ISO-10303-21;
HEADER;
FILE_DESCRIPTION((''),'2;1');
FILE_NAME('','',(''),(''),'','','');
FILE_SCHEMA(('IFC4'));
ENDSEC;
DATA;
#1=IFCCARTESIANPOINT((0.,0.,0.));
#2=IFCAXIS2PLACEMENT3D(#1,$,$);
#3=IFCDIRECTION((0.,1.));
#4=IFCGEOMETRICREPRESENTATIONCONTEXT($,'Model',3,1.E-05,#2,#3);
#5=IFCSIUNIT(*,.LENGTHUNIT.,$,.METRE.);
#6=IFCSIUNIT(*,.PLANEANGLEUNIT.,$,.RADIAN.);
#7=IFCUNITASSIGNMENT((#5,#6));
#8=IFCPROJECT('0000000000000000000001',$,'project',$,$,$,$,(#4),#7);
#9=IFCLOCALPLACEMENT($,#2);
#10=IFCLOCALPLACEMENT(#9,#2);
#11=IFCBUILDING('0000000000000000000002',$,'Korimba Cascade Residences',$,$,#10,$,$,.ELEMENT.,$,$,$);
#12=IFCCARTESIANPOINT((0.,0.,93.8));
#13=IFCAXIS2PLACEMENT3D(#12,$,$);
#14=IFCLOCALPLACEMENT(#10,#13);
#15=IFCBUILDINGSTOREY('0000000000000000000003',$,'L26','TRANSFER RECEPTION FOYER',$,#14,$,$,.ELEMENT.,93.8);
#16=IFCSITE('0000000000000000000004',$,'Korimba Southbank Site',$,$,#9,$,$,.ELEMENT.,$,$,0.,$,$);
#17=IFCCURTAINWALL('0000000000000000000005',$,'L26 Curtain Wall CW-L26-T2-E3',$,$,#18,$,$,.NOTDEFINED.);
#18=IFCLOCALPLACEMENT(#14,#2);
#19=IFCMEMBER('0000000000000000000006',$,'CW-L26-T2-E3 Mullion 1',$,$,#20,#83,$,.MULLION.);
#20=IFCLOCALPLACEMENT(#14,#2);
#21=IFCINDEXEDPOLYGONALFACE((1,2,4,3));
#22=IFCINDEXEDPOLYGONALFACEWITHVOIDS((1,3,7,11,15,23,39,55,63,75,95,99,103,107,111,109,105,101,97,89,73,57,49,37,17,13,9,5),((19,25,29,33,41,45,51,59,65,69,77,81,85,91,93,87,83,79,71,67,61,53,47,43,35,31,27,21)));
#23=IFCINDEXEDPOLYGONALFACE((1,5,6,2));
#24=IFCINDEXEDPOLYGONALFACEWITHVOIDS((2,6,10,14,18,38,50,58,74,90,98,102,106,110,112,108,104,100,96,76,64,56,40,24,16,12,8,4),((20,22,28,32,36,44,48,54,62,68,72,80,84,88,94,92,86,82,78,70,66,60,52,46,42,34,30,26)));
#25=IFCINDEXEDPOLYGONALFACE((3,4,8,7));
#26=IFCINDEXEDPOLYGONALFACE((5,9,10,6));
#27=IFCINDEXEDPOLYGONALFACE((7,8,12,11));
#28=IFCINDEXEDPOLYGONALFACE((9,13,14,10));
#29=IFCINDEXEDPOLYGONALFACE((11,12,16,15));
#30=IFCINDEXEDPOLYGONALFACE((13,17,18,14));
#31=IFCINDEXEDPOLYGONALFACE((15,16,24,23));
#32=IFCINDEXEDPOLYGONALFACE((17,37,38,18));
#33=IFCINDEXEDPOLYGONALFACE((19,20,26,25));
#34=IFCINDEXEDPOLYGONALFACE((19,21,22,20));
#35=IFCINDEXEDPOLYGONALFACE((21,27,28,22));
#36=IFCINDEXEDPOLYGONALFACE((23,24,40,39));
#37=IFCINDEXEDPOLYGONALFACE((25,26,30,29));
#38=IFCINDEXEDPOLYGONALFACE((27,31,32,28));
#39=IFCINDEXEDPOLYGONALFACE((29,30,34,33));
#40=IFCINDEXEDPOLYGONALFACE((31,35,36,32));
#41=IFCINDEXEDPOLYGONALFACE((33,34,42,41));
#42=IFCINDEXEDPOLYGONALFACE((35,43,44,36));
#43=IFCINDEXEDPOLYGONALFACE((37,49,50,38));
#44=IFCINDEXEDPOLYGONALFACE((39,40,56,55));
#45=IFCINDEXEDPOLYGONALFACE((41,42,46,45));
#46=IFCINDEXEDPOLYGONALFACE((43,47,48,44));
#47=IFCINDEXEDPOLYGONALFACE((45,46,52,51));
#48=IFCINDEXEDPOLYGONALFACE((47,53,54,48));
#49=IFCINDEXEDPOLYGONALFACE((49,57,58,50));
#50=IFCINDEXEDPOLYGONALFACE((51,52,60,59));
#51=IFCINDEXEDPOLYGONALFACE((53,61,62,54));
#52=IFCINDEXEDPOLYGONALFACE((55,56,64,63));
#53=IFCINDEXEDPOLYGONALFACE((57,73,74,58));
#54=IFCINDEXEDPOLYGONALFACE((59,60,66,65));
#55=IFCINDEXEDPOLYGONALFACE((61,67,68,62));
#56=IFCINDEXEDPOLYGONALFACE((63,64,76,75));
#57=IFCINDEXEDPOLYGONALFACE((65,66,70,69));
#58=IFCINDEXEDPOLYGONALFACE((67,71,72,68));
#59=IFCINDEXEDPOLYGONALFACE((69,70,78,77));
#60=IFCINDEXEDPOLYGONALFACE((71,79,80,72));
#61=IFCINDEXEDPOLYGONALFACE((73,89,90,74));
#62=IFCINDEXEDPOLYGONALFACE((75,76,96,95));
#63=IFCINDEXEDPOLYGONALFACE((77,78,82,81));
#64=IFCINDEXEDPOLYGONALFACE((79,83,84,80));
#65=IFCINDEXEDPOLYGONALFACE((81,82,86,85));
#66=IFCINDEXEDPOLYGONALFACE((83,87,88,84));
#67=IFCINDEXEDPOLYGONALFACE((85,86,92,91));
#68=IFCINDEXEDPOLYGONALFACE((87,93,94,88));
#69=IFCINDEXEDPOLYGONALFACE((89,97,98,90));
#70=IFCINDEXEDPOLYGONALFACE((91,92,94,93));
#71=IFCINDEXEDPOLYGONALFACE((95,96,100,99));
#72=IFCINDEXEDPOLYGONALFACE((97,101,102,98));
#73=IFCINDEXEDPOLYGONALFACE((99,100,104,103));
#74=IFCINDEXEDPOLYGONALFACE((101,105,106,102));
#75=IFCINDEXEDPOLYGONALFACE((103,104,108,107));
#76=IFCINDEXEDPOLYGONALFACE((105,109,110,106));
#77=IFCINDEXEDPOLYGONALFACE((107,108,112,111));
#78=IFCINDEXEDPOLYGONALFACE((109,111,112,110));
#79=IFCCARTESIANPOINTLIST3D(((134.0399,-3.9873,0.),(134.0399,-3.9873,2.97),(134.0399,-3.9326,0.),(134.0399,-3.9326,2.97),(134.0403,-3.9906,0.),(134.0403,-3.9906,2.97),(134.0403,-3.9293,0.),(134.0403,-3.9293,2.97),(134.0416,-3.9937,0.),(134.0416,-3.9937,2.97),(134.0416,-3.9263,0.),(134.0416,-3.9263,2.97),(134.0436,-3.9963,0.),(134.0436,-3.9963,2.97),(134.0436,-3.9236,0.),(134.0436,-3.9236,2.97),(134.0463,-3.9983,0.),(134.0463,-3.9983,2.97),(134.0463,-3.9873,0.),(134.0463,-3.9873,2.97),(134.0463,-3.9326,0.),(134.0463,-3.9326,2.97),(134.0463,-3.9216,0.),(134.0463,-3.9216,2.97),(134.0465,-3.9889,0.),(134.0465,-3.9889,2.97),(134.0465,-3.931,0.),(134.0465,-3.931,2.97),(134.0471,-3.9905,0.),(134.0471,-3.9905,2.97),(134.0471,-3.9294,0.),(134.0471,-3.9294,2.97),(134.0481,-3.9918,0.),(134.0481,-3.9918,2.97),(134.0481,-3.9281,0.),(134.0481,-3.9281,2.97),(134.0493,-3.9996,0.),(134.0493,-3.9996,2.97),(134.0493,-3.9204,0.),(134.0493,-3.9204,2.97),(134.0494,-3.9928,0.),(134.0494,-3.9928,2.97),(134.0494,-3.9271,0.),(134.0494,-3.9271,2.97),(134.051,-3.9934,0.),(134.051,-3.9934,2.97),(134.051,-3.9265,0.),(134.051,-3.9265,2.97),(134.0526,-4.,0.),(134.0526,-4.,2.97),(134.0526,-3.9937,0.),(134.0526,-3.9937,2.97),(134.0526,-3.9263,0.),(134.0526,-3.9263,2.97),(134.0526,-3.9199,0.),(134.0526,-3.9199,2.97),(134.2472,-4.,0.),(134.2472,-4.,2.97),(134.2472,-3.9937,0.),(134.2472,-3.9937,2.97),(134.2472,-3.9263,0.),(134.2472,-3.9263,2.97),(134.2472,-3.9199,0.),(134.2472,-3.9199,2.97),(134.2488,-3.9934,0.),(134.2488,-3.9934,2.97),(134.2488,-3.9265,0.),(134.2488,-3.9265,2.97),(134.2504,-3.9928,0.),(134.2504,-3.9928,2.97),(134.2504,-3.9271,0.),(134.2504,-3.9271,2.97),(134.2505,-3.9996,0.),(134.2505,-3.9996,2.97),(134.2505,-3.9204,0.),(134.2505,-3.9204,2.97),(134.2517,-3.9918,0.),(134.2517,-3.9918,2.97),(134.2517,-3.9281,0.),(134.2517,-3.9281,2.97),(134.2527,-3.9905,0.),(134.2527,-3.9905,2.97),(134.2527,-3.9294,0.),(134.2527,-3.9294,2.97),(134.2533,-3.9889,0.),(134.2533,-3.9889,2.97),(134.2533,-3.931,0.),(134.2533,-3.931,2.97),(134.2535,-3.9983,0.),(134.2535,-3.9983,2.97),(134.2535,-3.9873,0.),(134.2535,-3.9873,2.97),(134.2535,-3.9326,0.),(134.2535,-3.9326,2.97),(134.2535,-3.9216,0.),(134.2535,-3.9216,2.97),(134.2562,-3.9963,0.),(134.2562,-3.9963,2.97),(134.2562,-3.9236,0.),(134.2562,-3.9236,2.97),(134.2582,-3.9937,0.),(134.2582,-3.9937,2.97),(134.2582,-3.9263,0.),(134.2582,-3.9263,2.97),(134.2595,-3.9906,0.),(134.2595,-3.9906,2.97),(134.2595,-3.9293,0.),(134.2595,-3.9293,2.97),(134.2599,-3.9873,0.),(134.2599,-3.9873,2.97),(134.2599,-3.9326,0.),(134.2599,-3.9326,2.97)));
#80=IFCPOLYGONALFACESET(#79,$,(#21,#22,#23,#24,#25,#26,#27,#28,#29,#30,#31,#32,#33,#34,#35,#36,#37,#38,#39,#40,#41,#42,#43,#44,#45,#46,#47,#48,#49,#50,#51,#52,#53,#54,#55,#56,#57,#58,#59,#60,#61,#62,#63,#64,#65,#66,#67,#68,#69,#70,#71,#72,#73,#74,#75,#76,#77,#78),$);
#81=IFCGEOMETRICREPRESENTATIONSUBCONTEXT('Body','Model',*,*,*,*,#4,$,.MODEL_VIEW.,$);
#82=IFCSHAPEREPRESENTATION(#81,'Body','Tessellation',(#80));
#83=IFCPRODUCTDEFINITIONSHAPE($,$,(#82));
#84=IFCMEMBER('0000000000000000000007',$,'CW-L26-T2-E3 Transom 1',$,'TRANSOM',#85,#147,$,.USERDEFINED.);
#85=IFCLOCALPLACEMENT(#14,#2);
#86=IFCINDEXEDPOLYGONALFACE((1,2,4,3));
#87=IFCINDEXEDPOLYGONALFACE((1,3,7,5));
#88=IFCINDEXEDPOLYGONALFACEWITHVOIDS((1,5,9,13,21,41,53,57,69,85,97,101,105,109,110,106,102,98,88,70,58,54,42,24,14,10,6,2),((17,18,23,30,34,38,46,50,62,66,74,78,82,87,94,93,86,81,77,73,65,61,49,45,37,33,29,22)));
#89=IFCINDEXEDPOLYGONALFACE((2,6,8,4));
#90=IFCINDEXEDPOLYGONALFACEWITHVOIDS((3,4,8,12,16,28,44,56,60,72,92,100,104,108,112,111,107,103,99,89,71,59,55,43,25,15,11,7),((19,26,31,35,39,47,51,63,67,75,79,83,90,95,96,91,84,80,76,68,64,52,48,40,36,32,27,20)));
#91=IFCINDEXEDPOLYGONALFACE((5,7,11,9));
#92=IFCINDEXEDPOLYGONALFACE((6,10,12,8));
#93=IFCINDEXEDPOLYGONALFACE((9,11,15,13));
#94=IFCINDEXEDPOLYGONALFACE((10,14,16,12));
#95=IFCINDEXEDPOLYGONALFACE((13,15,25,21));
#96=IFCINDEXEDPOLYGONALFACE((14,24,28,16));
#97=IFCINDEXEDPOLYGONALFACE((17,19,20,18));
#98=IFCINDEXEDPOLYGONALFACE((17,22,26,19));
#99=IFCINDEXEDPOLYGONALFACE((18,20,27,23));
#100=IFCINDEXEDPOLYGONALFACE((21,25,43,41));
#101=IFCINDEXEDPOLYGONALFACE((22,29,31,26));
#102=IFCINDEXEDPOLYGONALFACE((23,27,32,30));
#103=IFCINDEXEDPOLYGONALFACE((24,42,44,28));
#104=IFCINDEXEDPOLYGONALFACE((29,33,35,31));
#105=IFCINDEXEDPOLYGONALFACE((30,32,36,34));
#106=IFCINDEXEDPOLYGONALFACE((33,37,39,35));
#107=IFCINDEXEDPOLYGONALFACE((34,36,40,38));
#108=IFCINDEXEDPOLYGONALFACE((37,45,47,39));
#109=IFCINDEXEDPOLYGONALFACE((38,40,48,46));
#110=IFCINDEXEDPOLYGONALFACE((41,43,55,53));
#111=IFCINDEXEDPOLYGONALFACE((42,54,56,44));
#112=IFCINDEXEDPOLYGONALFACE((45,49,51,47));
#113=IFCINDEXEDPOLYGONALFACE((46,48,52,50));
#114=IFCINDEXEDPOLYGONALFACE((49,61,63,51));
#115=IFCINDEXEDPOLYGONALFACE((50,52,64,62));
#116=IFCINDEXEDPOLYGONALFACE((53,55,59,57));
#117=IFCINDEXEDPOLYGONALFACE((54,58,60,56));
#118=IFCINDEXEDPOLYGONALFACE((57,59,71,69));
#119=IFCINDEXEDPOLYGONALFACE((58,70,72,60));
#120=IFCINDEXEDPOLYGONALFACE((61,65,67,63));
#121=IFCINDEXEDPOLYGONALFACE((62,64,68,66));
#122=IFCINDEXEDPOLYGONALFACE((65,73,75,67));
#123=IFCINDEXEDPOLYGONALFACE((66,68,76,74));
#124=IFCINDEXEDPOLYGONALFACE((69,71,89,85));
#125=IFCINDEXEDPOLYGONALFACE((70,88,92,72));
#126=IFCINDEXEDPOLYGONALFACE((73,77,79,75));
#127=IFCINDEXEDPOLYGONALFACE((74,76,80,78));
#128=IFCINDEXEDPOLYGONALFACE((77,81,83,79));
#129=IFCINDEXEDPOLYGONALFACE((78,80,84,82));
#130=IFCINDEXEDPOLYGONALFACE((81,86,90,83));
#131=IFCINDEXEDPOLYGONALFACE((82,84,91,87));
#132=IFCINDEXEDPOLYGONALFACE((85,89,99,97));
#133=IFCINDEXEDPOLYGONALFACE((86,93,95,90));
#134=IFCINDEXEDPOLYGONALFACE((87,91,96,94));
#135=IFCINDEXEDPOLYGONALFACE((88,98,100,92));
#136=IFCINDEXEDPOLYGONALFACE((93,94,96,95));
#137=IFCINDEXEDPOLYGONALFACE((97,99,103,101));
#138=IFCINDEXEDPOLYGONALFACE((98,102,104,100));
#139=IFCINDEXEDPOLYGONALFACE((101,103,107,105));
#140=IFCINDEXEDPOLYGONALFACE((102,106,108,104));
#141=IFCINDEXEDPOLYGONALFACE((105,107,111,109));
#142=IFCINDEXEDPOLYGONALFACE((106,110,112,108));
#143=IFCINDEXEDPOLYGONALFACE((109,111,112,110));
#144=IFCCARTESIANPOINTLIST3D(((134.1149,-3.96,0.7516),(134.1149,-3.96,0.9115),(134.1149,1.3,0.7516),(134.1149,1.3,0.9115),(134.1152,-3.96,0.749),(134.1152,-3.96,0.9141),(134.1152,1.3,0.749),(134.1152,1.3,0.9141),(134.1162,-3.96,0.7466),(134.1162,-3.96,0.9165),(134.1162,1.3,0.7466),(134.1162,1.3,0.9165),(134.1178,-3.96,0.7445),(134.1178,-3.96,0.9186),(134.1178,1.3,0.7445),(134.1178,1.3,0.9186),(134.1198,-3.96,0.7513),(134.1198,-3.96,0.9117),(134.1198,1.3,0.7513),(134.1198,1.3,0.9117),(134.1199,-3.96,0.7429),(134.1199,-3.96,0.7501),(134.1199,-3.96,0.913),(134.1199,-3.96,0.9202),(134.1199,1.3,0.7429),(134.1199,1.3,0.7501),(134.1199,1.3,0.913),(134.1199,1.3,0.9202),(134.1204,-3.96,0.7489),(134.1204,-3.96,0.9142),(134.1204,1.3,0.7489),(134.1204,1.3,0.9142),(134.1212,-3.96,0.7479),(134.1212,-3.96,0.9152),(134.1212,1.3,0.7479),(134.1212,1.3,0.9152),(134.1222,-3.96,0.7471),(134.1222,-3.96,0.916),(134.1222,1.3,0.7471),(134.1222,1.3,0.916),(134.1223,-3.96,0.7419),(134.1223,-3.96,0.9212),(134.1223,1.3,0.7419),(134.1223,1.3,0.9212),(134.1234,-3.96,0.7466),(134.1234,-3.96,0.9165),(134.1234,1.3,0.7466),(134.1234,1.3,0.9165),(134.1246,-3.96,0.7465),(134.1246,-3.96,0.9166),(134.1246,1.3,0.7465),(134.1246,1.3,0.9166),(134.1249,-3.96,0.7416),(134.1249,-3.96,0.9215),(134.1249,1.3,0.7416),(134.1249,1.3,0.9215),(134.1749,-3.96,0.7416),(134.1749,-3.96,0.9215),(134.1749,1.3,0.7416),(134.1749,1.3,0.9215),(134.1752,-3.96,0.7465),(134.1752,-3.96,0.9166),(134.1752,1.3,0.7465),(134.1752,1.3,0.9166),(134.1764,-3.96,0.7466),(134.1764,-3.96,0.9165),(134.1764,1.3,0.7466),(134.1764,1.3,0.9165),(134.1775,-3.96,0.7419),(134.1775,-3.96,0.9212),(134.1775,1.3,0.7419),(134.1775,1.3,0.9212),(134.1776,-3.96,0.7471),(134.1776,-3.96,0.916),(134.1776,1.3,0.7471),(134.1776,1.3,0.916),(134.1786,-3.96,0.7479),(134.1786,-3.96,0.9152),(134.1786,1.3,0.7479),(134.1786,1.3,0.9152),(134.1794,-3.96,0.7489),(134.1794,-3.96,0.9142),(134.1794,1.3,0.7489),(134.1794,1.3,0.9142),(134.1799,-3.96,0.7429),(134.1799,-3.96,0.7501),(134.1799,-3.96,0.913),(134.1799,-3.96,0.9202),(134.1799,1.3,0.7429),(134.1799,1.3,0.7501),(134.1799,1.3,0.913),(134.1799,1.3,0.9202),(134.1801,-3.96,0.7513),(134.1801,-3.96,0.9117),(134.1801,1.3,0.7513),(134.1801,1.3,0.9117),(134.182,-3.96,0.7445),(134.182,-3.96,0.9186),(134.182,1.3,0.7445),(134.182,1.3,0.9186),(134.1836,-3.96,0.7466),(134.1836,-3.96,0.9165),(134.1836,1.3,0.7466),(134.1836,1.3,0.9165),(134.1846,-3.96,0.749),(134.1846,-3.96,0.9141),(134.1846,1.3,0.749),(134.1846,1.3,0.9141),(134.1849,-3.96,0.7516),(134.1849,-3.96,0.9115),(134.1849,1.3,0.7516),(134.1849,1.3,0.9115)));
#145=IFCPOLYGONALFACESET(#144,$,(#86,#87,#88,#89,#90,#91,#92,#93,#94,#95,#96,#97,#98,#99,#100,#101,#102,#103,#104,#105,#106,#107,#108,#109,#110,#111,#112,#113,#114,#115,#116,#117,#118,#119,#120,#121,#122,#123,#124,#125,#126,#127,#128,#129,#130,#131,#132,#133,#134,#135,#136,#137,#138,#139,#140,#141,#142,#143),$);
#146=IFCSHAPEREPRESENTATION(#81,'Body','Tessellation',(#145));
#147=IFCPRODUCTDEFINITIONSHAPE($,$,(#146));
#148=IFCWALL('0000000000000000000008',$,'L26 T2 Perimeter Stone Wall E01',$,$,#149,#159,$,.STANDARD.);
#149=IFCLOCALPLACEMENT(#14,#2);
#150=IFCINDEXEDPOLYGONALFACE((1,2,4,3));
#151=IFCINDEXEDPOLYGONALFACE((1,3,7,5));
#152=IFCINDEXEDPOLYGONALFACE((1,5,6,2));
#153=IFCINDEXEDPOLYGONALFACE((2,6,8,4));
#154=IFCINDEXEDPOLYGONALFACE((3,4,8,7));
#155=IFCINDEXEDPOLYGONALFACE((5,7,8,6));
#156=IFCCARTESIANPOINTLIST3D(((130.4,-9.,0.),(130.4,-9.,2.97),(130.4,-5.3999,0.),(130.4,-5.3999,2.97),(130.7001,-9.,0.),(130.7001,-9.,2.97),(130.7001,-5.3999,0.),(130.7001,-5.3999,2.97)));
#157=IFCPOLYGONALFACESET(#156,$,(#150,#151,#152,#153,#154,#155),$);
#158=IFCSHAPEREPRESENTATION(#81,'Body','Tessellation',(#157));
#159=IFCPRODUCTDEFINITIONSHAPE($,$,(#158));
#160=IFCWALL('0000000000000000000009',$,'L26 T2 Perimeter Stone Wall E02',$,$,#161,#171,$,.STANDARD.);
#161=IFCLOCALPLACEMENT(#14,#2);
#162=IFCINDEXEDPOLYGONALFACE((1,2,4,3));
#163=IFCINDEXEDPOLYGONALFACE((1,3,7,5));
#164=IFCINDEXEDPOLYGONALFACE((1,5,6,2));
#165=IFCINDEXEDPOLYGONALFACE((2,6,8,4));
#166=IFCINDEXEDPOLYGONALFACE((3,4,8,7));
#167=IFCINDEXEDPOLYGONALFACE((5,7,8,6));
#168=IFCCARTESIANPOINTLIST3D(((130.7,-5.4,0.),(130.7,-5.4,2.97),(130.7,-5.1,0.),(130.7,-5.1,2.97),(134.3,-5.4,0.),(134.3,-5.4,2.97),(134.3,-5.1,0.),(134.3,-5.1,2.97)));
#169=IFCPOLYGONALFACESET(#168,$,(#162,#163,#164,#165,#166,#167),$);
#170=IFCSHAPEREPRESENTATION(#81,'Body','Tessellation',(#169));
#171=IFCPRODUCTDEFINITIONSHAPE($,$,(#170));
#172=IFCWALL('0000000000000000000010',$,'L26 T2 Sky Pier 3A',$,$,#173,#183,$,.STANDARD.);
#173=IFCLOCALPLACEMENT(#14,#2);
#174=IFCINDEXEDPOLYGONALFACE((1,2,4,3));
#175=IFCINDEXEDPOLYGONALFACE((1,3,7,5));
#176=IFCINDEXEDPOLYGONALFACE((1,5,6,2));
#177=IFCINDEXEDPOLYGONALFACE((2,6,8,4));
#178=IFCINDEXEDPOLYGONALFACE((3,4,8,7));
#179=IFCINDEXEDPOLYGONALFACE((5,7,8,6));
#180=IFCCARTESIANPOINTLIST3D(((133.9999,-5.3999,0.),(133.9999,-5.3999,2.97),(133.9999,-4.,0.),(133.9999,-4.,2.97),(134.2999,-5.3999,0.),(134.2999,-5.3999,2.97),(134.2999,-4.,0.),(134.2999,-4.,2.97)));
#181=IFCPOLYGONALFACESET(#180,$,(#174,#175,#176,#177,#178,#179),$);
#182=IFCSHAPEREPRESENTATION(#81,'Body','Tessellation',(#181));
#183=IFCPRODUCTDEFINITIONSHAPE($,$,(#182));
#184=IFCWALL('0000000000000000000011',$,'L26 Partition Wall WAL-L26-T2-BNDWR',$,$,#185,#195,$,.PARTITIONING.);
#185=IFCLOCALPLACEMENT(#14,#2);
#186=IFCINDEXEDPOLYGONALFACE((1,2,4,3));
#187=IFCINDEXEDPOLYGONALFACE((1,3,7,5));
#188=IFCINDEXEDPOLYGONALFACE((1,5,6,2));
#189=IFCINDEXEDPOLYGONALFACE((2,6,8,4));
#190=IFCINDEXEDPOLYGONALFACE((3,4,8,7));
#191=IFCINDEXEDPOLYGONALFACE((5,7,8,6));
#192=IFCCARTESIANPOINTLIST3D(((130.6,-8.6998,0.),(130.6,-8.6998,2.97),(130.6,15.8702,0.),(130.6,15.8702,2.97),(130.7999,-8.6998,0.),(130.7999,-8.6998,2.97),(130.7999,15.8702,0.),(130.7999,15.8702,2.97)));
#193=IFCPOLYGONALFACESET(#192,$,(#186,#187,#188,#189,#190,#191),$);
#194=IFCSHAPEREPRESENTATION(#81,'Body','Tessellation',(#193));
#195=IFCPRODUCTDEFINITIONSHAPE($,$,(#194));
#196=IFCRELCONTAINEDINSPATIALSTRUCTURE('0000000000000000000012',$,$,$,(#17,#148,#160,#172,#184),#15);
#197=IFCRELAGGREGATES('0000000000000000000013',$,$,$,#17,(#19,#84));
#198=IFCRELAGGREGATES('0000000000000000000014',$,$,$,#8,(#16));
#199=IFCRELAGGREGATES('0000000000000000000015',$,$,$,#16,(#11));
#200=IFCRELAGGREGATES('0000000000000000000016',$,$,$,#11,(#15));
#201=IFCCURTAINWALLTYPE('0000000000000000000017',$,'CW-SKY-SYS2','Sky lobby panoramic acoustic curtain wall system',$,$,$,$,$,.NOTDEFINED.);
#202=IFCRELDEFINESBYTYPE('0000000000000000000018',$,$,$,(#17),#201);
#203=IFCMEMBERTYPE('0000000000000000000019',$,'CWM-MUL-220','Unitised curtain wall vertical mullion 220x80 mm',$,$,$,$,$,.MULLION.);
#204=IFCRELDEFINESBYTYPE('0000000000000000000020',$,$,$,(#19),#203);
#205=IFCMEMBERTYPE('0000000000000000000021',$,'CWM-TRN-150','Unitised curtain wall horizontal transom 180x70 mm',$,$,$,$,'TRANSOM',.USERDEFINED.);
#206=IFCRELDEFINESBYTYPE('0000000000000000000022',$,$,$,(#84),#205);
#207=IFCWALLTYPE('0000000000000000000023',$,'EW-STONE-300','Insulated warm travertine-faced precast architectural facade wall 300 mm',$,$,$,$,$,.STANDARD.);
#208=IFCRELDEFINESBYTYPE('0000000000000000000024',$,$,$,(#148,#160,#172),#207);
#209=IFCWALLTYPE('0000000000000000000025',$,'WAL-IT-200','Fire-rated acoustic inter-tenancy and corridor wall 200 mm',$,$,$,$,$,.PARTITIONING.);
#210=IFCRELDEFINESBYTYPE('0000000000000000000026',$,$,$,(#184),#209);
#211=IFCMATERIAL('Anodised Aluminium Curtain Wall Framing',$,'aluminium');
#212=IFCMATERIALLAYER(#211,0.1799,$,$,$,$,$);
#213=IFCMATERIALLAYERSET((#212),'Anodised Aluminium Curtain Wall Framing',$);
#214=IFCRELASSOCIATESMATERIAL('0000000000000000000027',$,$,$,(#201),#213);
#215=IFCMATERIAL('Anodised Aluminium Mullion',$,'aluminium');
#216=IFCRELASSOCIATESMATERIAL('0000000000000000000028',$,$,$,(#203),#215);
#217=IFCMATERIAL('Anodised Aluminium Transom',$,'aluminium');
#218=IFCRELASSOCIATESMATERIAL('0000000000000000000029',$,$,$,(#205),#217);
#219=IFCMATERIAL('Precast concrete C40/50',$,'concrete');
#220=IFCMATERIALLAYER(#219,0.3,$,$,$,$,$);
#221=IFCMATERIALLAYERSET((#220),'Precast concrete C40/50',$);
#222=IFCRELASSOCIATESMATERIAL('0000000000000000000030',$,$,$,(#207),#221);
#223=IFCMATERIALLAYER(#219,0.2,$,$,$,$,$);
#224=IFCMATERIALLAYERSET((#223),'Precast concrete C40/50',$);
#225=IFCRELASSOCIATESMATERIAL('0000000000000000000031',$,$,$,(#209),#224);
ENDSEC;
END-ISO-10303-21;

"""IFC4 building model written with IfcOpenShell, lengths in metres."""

from ifc_helpers import new_model, si_unit, direction, frame, frame_2d, origin, origin_2d, place, context, subcontext, project, spatial, rectangle, hollow_rectangle, extrude, material, layer, layer_set, material_profile, profile_set, type_object, element, aggregate, save


model = new_model("IFC4")

# Units and contexts
model_context = context("Model", 3, precision=1e-05, world=origin(), true_north=direction((0.0, 1.0)))
body_context = subcontext(model_context, "Body", "Model", "MODEL_VIEW")
ifc_project = project(units=[si_unit("LENGTHUNIT", "METRE"), si_unit("PLANEANGLEUNIT", "RADIAN")], contexts=[model_context])

# Site, building, storey
site_placement = place(None, origin())
site = spatial("IfcSite", under=ifc_project, at=site_placement, Name="Korimba Southbank Site", CompositionType="ELEMENT", RefElevation=0.0)
building_placement = place(site_placement, origin())
building = spatial("IfcBuilding", under=site, at=building_placement, Name="Korimba Cascade Residences", CompositionType="ELEMENT")
storey_placement = place(building_placement, frame((0.0, 0.0, 93.8)))
storey = spatial("IfcBuildingStorey", under=building, at=storey_placement, Name="L26", Description="TRANSFER RECEPTION FOYER", CompositionType="ELEMENT", Elevation=93.8)

# Curtain wall, members
ifc_material_1 = material(Name="Anodised Aluminium Curtain Wall Framing", Category="aluminium")
ifc_layer_1 = layer(ifc_material_1, 0.1799)
ifc_layer_set_1 = layer_set([ifc_layer_1], Name="Anodised Aluminium Curtain Wall Framing")
curtain_wall_type = type_object("IfcCurtainWallType", Name="CW-SKY-SYS2", Description="Sky lobby panoramic acoustic curtain wall system", PredefinedType="NOTDEFINED", material=ifc_layer_set_1)
curtain_wall_placement = place(storey_placement, origin())
curtain_wall = element("IfcCurtainWall", 1, at=curtain_wall_placement, inside=storey, type_object=curtain_wall_type, Name="L26 Curtain Wall CW-L26-T2-E3", PredefinedType="NOTDEFINED")
ifc_material_2 = material(Name="Anodised Aluminium Mullion", Category="aluminium")
ifc_material_profile_1 = material_profile(ifc_material_2, hollow_rectangle(XDim=0.0801, YDim=0.22, WallThickness=0.0063, InnerFilletRadius=0.0063, OuterFilletRadius=0.0127, at=origin_2d()), Name="Anodised Aluminium Mullion")
ifc_profile_set_1 = profile_set([ifc_material_profile_1], Name="Anodised Aluminium Mullion")
member_type_1 = type_object("IfcMemberType", Name="CWM-MUL-220", Description="Unitised curtain wall vertical mullion 220x80 mm", PredefinedType="MULLION", material=ifc_profile_set_1)
member_1_placement = place(storey_placement, frame((134.1499, -3.96, 0.0), z_axis=(0.0, 0.0, 1.0), x_axis=(0.0, 1.0, 0.0)))
member_1 = element("IfcMember", 2, at=member_1_placement, type_object=member_type_1, Name="CW-L26-T2-E3 Mullion 1", PredefinedType="MULLION", context=body_context, shape_type="SweptSolid", body=[
    extrude(hollow_rectangle(XDim=0.0801, YDim=0.22, WallThickness=0.0063, InnerFilletRadius=0.0063, OuterFilletRadius=0.0127, at=origin_2d()), origin(), (0.0, 0.0, 1.0), 2.97),
])
ifc_material_3 = material(Name="Anodised Aluminium Transom", Category="aluminium")
ifc_material_profile_2 = material_profile(ifc_material_3, hollow_rectangle(XDim=0.0701, YDim=0.1799, WallThickness=0.0049, InnerFilletRadius=0.0049, OuterFilletRadius=0.01, at=origin_2d()), Name="Anodised Aluminium Transom")
ifc_profile_set_2 = profile_set([ifc_material_profile_2], Name="Anodised Aluminium Transom")
member_type_2 = type_object("IfcMemberType", Name="CWM-TRN-150", Description="Unitised curtain wall horizontal transom 180x70 mm", ElementType="TRANSOM", PredefinedType="USERDEFINED", material=ifc_profile_set_2)
member_2_placement = place(storey_placement, frame((134.1499, -3.96, 0.8315), z_axis=(0.0, 1.0, 0.0), x_axis=(-1.0, 0.0, 0.0)))
member_2 = element("IfcMember", 3, at=member_2_placement, type_object=member_type_2, Name="CW-L26-T2-E3 Transom 1", ObjectType="TRANSOM", PredefinedType="USERDEFINED", context=body_context, shape_type="SweptSolid", body=[
    extrude(hollow_rectangle(XDim=0.0701, YDim=0.1799, WallThickness=0.0049, InnerFilletRadius=0.0049, OuterFilletRadius=0.01, at=origin_2d()), origin(), (0.0, 0.0, 1.0), 5.26),
])
aggregate(curtain_wall, [member_1, member_2])

# Walls
ifc_material_4 = material(Name="Precast concrete C40/50", Category="concrete")
ifc_layer_2 = layer(ifc_material_4, 0.3)
ifc_layer_set_2 = layer_set([ifc_layer_2], Name="Precast concrete C40/50")
wall_type_1 = type_object("IfcWallType", Name="EW-STONE-300", Description="Insulated warm travertine-faced precast architectural facade wall 300 mm", PredefinedType="STANDARD", material=ifc_layer_set_2)
for number, where, z_axis, x_axis, name in (
    (4, (130.55, -9.0, 0.0), (0.0, 0.0, 1.0), (0.0, 1.0, 0.0), "L26 T2 Perimeter Stone Wall E01"),
    (5, (130.7, -5.25, 0.0), (0.0, 0.0, 1.0), (1.0, 0.0, 0.0), "L26 T2 Perimeter Stone Wall E02"),
):
    element("IfcWall", number, at=place(storey_placement, frame(where, z_axis=z_axis, x_axis=x_axis)), inside=storey, type_object=wall_type_1, Name=name, PredefinedType="STANDARD", context=body_context, shape_type="SweptSolid", body=[
        extrude(rectangle(XDim=3.6001, YDim=0.3, at=frame_2d((1.8, 0.0))), origin(), (0.0, 0.0, 1.0), 2.97),
    ])
wall_1_placement = place(storey_placement, frame((134.1499, -5.3999, 0.0), z_axis=(0.0, 0.0, 1.0), x_axis=(0.0, 1.0, 0.0)))
element("IfcWall", 6, at=wall_1_placement, inside=storey, type_object=wall_type_1, Name="L26 T2 Sky Pier 3A", PredefinedType="STANDARD", context=body_context, shape_type="SweptSolid", body=[
    extrude(rectangle(XDim=1.3999, YDim=0.3, at=frame_2d((0.7, 0.0))), origin(), (0.0, 0.0, 1.0), 2.97),
])
ifc_layer_3 = layer(ifc_material_4, 0.2)
ifc_layer_set_3 = layer_set([ifc_layer_3], Name="Precast concrete C40/50")
wall_type_2 = type_object("IfcWallType", Name="WAL-IT-200", Description="Fire-rated acoustic inter-tenancy and corridor wall 200 mm", PredefinedType="PARTITIONING", material=ifc_layer_set_3)
wall_2_placement = place(storey_placement, frame((130.7, -8.7, 0.0), z_axis=(0.0, 0.0, 1.0), x_axis=(0.0, 1.0, 0.0)))
element("IfcWall", 7, at=wall_2_placement, inside=storey, type_object=wall_type_2, Name="L26 Partition Wall WAL-L26-T2-BNDWR", PredefinedType="PARTITIONING", context=body_context, shape_type="SweptSolid", body=[
    extrude(rectangle(XDim=24.5701, YDim=0.2, at=frame_2d((12.2852, 0.0))), origin(), (0.0, 0.0, 1.0), 2.97),
])

save(model, "model.ifc")
